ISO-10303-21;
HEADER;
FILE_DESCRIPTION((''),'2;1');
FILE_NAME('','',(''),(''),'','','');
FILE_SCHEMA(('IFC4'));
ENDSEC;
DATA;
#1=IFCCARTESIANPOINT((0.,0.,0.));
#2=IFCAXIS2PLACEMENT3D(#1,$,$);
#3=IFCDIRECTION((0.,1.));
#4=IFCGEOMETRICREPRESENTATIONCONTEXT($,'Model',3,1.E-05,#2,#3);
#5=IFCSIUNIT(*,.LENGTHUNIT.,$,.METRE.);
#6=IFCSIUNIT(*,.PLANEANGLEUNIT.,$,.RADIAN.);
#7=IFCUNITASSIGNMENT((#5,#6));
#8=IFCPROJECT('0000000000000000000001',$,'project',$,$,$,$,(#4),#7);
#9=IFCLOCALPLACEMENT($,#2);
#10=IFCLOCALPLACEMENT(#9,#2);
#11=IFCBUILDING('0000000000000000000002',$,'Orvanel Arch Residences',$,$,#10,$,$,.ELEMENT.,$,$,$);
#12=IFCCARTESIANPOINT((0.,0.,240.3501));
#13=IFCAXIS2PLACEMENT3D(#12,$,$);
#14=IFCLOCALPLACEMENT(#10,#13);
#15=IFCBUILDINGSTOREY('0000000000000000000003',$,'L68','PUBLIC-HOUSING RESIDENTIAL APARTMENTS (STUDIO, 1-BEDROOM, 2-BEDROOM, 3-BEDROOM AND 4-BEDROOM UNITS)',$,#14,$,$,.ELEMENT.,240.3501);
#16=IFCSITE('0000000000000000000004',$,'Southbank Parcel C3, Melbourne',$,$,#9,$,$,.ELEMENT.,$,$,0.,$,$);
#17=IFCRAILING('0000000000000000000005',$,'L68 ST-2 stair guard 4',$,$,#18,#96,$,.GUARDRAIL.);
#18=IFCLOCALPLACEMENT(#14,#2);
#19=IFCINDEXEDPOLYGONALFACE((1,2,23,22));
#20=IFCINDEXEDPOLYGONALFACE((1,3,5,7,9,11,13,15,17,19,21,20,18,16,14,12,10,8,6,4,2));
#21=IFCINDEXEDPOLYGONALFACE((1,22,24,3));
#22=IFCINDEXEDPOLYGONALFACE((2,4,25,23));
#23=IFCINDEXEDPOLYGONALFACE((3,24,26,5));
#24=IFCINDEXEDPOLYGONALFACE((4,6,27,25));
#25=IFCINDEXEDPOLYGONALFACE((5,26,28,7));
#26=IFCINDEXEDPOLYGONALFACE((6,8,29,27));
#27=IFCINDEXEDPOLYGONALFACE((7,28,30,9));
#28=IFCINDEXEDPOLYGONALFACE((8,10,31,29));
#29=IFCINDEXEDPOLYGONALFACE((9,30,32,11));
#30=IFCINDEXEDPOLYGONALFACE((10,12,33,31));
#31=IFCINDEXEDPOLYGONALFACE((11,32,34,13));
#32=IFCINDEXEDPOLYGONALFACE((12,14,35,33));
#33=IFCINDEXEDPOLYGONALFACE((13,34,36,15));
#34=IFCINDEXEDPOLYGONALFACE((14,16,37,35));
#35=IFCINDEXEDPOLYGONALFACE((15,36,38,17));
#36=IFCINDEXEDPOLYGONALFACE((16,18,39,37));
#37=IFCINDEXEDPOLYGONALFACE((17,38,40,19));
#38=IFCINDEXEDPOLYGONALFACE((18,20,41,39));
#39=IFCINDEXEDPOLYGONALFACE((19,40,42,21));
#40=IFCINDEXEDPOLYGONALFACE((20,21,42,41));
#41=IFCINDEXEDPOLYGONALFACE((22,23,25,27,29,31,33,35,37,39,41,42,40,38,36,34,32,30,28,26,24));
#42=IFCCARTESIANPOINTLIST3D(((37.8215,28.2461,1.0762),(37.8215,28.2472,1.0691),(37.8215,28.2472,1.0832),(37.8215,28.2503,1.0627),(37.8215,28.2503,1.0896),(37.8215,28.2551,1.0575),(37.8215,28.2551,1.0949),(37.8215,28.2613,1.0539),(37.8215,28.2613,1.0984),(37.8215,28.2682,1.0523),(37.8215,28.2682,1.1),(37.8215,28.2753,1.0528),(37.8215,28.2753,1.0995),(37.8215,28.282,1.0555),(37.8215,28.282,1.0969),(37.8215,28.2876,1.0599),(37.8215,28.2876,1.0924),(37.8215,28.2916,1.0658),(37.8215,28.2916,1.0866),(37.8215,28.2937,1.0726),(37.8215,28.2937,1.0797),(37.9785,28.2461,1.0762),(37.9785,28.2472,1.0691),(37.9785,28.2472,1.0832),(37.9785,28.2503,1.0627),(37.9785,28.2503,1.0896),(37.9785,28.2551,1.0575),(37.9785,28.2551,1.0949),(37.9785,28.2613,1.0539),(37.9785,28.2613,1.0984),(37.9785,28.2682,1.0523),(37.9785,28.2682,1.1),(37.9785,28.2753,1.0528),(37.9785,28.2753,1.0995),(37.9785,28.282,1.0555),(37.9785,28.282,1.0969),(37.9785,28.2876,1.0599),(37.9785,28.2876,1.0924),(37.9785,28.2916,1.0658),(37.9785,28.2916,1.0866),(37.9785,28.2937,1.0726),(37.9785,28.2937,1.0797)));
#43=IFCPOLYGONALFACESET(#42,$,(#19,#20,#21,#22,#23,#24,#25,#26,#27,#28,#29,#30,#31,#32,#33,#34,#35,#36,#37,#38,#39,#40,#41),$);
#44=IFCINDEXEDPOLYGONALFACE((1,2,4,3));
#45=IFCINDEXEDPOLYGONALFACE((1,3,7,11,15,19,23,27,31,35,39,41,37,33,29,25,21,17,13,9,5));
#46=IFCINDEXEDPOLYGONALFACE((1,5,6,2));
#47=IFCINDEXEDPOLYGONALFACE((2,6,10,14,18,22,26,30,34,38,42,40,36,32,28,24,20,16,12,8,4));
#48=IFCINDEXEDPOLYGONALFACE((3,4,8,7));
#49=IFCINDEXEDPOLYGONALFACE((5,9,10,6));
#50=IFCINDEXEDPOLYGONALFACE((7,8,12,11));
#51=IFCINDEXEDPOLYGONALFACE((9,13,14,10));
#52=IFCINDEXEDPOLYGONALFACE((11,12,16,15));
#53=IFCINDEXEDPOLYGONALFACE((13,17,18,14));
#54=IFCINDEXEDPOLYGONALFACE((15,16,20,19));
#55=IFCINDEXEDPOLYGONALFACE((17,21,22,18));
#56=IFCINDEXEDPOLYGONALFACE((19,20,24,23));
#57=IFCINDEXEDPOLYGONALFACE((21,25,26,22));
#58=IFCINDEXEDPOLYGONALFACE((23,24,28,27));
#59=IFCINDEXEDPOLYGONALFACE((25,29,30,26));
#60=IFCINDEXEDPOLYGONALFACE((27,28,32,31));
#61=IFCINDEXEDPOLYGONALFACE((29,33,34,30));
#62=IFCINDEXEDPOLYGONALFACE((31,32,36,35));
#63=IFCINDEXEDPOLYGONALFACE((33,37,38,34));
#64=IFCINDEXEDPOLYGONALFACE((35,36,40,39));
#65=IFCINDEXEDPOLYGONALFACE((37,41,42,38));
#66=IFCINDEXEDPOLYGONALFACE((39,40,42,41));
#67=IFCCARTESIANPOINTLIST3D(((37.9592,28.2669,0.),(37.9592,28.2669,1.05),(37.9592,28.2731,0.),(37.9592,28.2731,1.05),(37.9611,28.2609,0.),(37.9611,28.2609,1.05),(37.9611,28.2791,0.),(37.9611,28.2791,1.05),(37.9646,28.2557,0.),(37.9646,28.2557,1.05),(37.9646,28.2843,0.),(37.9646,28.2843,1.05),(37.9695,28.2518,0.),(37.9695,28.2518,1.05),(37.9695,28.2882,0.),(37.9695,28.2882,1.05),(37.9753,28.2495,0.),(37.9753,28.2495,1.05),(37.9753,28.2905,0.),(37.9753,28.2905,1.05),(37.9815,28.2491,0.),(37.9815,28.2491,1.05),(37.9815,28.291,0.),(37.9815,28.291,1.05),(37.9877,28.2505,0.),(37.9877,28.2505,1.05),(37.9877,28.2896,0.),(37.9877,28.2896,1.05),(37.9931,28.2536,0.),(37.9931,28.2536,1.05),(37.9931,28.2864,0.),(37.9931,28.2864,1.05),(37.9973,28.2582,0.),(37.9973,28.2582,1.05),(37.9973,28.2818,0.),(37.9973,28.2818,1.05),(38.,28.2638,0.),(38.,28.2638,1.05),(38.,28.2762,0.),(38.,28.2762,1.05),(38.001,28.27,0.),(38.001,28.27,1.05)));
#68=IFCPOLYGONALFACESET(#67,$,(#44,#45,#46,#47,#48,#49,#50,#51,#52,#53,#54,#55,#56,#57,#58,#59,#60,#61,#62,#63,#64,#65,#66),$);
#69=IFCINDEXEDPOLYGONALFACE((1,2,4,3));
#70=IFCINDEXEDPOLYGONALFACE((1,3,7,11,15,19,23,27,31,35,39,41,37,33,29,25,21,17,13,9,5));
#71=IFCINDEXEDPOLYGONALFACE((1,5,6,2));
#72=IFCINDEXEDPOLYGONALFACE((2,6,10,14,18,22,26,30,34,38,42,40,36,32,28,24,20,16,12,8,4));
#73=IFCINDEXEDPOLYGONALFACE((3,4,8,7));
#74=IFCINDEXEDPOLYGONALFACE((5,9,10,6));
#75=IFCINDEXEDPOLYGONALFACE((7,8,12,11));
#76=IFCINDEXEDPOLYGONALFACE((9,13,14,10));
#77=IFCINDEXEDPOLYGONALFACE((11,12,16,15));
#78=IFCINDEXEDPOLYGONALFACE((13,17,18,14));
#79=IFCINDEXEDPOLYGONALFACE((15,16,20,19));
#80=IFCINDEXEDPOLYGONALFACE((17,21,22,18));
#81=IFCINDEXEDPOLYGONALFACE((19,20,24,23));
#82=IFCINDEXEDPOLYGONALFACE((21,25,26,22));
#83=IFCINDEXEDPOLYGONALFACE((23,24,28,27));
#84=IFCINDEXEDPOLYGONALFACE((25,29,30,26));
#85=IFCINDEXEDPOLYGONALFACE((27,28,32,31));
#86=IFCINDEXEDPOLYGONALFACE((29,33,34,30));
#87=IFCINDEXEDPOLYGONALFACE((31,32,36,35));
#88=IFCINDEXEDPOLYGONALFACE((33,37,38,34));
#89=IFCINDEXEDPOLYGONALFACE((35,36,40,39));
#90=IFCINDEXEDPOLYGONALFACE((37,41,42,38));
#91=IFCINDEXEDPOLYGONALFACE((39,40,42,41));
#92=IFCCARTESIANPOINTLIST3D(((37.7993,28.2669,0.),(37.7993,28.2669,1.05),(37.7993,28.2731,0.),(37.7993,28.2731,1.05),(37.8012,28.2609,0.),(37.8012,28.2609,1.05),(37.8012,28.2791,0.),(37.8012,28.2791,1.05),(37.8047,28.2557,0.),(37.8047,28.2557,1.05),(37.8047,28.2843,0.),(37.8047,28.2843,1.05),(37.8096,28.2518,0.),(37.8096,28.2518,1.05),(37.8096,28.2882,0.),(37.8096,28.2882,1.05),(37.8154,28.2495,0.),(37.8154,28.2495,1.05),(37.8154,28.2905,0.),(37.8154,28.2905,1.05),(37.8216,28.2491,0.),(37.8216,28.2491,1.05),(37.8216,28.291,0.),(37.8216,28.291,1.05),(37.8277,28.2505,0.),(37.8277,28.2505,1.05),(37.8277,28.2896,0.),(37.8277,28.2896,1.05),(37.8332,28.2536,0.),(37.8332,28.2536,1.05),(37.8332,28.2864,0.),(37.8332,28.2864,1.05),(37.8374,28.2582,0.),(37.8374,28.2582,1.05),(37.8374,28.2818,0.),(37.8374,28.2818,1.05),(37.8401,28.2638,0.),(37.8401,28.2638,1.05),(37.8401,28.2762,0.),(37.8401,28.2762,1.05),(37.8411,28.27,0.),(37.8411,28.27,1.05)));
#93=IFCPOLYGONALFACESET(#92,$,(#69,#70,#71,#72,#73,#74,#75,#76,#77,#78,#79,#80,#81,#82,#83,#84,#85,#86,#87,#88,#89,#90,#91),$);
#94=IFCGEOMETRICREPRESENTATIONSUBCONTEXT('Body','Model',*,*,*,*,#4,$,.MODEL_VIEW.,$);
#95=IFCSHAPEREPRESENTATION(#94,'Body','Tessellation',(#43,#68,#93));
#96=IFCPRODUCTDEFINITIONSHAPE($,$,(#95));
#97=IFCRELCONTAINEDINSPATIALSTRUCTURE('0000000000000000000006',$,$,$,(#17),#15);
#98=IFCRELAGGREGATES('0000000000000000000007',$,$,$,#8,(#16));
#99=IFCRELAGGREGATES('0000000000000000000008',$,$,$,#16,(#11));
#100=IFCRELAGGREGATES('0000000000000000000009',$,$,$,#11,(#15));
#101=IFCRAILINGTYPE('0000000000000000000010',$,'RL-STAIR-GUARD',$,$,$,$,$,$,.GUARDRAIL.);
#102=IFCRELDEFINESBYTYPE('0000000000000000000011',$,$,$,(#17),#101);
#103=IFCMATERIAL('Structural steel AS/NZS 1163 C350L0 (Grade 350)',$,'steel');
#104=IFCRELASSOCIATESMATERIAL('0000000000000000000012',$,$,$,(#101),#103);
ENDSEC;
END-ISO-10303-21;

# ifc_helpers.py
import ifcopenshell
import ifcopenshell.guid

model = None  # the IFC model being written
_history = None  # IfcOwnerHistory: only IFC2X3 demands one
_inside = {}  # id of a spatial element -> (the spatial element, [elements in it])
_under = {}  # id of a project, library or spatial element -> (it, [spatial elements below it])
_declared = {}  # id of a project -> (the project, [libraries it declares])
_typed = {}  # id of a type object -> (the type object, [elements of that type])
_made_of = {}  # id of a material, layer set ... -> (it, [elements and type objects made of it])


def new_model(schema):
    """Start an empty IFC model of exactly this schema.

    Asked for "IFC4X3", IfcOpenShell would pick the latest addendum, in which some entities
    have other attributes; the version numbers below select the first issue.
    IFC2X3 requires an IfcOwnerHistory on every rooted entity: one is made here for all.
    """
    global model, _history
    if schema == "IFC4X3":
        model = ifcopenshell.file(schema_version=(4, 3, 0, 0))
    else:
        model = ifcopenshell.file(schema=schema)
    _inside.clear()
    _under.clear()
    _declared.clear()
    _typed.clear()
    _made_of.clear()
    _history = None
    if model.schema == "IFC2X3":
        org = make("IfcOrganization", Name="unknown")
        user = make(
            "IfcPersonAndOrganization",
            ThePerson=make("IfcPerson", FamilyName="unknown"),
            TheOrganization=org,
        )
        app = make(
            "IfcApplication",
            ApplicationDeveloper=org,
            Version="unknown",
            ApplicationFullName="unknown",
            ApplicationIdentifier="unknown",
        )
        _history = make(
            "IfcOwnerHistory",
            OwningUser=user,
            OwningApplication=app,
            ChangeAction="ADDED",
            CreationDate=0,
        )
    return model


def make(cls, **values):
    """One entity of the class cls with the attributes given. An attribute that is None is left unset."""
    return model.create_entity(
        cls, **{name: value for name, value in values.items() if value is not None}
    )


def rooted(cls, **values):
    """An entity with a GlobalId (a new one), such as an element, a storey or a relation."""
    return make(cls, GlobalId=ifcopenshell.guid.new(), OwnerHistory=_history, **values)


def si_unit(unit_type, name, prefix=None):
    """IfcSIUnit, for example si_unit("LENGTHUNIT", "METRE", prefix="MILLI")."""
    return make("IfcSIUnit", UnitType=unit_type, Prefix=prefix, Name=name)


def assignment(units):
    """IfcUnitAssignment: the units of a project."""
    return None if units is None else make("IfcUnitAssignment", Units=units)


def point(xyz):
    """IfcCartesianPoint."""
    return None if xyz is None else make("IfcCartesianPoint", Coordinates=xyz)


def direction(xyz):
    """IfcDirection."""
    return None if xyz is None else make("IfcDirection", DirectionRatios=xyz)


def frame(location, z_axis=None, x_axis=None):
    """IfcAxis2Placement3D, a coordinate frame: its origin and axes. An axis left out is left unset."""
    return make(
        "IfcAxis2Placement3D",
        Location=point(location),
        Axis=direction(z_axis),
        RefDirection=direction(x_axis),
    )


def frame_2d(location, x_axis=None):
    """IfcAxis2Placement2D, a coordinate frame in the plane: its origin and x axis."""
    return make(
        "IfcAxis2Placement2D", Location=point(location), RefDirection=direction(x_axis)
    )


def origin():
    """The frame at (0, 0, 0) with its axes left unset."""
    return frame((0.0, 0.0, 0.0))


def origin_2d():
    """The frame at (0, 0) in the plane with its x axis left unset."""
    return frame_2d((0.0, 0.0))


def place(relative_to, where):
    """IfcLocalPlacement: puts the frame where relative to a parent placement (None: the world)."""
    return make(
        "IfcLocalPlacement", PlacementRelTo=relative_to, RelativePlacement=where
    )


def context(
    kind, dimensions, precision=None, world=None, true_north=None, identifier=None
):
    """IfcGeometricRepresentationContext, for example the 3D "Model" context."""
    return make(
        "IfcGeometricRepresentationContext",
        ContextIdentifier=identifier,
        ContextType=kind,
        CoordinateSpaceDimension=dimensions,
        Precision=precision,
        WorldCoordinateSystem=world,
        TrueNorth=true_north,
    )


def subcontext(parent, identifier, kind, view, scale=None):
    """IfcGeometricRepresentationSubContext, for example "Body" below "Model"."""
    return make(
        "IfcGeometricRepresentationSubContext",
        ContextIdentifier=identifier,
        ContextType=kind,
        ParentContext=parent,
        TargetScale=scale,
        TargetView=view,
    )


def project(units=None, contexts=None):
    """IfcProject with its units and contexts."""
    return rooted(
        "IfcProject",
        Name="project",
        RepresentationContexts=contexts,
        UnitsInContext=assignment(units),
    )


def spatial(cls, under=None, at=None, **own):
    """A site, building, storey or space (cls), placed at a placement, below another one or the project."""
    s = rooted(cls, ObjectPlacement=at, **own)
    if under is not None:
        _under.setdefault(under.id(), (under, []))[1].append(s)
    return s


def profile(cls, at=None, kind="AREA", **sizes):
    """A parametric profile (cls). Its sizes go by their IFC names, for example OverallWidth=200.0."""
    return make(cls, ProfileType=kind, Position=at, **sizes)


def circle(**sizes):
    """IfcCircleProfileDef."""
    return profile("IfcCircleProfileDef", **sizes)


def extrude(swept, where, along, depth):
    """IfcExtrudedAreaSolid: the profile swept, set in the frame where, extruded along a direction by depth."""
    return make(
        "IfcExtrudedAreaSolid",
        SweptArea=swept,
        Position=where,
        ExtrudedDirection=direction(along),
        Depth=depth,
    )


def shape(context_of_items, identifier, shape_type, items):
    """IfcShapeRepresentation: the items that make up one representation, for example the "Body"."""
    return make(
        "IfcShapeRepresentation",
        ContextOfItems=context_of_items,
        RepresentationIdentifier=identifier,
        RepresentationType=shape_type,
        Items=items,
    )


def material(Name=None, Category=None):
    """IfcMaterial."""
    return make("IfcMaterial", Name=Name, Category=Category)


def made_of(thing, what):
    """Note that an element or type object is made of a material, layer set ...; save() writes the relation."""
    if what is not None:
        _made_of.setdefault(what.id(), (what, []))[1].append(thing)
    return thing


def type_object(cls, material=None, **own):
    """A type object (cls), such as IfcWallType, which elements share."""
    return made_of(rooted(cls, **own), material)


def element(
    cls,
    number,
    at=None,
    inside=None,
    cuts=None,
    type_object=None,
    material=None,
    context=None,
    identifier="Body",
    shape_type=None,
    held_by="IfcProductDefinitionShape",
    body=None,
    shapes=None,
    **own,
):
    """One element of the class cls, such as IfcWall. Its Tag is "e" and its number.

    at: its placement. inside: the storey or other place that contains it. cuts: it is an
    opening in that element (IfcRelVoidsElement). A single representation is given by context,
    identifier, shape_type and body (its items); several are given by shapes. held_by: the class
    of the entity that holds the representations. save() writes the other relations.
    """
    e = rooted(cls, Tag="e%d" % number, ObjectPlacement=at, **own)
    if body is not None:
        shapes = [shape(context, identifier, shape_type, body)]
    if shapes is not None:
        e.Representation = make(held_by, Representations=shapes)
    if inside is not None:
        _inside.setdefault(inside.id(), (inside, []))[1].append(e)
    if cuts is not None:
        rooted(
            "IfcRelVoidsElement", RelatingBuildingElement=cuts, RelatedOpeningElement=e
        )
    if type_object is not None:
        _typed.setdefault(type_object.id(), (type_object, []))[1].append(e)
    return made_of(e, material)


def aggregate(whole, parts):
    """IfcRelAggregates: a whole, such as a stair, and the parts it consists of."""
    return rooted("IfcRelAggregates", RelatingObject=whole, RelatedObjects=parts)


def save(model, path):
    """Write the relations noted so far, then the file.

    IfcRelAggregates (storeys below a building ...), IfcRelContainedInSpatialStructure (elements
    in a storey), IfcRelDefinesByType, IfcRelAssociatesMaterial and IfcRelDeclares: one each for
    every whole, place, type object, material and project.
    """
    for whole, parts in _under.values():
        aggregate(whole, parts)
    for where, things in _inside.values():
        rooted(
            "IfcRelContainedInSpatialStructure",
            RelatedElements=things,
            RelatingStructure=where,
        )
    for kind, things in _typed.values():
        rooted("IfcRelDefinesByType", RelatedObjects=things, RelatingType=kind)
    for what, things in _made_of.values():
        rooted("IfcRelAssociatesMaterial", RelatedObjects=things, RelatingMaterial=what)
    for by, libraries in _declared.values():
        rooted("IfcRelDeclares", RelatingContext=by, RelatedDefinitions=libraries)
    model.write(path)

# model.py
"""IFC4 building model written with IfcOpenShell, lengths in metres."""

from ifc_helpers import new_model, si_unit, direction, frame, origin, origin_2d, place, context, subcontext, project, spatial, circle, extrude, material, type_object, element, save


model = new_model("IFC4")

# Units and contexts
model_context = context("Model", 3, precision=1e-05, world=origin(), true_north=direction((0.0, 1.0)))
body_context = subcontext(model_context, "Body", "Model", "MODEL_VIEW")
ifc_project = project(units=[si_unit("LENGTHUNIT", "METRE"), si_unit("PLANEANGLEUNIT", "RADIAN")], contexts=[model_context])

# Site, building, storey
site_placement = place(None, origin())
site = spatial("IfcSite", under=ifc_project, at=site_placement, Name="Southbank Parcel C3, Melbourne", CompositionType="ELEMENT", RefElevation=0.0)
building_placement = place(site_placement, origin())
building = spatial("IfcBuilding", under=site, at=building_placement, Name="Orvanel Arch Residences", CompositionType="ELEMENT")
storey_placement = place(building_placement, frame((0.0, 0.0, 240.3501)))
storey = spatial("IfcBuildingStorey", under=building, at=storey_placement, Name="L68", Description="PUBLIC-HOUSING RESIDENTIAL APARTMENTS (STUDIO, 1-BEDROOM, 2-BEDROOM, 3-BEDROOM AND 4-BEDROOM UNITS)", CompositionType="ELEMENT", Elevation=240.3501)

# Railing
ifc_material_1 = material(Name="Structural steel AS/NZS 1163 C350L0 (Grade 350)", Category="steel")
railing_type_1 = type_object("IfcRailingType", Name="RL-STAIR-GUARD", PredefinedType="GUARDRAIL", material=ifc_material_1)
railing_1_placement = place(storey_placement, frame((37.98, 28.27, 0.0)))
element("IfcRailing", 1, at=railing_1_placement, inside=storey, type_object=railing_type_1, Name="L68 ST-2 stair guard 4", PredefinedType="GUARDRAIL", context=body_context, shape_type="SweptSolid", body=[
    extrude(circle(Radius=0.0239, at=origin_2d()), frame((-0.0015, 0.0, 1.0762), z_axis=(-1.0, 0.0, 0.0), x_axis=(0.0, -1.0, 0.0)), (0.0, 0.0, 1.0), 0.157),
    extrude(circle(Radius=0.021, at=origin_2d()), origin(), (0.0, 0.0, 1.0), 1.05),
    extrude(circle(Radius=0.021, at=origin_2d()), frame((-0.1599, 0.0, 0.0)), (0.0, 0.0, 1.0), 1.05),
])

save(model, "model.ifc")
